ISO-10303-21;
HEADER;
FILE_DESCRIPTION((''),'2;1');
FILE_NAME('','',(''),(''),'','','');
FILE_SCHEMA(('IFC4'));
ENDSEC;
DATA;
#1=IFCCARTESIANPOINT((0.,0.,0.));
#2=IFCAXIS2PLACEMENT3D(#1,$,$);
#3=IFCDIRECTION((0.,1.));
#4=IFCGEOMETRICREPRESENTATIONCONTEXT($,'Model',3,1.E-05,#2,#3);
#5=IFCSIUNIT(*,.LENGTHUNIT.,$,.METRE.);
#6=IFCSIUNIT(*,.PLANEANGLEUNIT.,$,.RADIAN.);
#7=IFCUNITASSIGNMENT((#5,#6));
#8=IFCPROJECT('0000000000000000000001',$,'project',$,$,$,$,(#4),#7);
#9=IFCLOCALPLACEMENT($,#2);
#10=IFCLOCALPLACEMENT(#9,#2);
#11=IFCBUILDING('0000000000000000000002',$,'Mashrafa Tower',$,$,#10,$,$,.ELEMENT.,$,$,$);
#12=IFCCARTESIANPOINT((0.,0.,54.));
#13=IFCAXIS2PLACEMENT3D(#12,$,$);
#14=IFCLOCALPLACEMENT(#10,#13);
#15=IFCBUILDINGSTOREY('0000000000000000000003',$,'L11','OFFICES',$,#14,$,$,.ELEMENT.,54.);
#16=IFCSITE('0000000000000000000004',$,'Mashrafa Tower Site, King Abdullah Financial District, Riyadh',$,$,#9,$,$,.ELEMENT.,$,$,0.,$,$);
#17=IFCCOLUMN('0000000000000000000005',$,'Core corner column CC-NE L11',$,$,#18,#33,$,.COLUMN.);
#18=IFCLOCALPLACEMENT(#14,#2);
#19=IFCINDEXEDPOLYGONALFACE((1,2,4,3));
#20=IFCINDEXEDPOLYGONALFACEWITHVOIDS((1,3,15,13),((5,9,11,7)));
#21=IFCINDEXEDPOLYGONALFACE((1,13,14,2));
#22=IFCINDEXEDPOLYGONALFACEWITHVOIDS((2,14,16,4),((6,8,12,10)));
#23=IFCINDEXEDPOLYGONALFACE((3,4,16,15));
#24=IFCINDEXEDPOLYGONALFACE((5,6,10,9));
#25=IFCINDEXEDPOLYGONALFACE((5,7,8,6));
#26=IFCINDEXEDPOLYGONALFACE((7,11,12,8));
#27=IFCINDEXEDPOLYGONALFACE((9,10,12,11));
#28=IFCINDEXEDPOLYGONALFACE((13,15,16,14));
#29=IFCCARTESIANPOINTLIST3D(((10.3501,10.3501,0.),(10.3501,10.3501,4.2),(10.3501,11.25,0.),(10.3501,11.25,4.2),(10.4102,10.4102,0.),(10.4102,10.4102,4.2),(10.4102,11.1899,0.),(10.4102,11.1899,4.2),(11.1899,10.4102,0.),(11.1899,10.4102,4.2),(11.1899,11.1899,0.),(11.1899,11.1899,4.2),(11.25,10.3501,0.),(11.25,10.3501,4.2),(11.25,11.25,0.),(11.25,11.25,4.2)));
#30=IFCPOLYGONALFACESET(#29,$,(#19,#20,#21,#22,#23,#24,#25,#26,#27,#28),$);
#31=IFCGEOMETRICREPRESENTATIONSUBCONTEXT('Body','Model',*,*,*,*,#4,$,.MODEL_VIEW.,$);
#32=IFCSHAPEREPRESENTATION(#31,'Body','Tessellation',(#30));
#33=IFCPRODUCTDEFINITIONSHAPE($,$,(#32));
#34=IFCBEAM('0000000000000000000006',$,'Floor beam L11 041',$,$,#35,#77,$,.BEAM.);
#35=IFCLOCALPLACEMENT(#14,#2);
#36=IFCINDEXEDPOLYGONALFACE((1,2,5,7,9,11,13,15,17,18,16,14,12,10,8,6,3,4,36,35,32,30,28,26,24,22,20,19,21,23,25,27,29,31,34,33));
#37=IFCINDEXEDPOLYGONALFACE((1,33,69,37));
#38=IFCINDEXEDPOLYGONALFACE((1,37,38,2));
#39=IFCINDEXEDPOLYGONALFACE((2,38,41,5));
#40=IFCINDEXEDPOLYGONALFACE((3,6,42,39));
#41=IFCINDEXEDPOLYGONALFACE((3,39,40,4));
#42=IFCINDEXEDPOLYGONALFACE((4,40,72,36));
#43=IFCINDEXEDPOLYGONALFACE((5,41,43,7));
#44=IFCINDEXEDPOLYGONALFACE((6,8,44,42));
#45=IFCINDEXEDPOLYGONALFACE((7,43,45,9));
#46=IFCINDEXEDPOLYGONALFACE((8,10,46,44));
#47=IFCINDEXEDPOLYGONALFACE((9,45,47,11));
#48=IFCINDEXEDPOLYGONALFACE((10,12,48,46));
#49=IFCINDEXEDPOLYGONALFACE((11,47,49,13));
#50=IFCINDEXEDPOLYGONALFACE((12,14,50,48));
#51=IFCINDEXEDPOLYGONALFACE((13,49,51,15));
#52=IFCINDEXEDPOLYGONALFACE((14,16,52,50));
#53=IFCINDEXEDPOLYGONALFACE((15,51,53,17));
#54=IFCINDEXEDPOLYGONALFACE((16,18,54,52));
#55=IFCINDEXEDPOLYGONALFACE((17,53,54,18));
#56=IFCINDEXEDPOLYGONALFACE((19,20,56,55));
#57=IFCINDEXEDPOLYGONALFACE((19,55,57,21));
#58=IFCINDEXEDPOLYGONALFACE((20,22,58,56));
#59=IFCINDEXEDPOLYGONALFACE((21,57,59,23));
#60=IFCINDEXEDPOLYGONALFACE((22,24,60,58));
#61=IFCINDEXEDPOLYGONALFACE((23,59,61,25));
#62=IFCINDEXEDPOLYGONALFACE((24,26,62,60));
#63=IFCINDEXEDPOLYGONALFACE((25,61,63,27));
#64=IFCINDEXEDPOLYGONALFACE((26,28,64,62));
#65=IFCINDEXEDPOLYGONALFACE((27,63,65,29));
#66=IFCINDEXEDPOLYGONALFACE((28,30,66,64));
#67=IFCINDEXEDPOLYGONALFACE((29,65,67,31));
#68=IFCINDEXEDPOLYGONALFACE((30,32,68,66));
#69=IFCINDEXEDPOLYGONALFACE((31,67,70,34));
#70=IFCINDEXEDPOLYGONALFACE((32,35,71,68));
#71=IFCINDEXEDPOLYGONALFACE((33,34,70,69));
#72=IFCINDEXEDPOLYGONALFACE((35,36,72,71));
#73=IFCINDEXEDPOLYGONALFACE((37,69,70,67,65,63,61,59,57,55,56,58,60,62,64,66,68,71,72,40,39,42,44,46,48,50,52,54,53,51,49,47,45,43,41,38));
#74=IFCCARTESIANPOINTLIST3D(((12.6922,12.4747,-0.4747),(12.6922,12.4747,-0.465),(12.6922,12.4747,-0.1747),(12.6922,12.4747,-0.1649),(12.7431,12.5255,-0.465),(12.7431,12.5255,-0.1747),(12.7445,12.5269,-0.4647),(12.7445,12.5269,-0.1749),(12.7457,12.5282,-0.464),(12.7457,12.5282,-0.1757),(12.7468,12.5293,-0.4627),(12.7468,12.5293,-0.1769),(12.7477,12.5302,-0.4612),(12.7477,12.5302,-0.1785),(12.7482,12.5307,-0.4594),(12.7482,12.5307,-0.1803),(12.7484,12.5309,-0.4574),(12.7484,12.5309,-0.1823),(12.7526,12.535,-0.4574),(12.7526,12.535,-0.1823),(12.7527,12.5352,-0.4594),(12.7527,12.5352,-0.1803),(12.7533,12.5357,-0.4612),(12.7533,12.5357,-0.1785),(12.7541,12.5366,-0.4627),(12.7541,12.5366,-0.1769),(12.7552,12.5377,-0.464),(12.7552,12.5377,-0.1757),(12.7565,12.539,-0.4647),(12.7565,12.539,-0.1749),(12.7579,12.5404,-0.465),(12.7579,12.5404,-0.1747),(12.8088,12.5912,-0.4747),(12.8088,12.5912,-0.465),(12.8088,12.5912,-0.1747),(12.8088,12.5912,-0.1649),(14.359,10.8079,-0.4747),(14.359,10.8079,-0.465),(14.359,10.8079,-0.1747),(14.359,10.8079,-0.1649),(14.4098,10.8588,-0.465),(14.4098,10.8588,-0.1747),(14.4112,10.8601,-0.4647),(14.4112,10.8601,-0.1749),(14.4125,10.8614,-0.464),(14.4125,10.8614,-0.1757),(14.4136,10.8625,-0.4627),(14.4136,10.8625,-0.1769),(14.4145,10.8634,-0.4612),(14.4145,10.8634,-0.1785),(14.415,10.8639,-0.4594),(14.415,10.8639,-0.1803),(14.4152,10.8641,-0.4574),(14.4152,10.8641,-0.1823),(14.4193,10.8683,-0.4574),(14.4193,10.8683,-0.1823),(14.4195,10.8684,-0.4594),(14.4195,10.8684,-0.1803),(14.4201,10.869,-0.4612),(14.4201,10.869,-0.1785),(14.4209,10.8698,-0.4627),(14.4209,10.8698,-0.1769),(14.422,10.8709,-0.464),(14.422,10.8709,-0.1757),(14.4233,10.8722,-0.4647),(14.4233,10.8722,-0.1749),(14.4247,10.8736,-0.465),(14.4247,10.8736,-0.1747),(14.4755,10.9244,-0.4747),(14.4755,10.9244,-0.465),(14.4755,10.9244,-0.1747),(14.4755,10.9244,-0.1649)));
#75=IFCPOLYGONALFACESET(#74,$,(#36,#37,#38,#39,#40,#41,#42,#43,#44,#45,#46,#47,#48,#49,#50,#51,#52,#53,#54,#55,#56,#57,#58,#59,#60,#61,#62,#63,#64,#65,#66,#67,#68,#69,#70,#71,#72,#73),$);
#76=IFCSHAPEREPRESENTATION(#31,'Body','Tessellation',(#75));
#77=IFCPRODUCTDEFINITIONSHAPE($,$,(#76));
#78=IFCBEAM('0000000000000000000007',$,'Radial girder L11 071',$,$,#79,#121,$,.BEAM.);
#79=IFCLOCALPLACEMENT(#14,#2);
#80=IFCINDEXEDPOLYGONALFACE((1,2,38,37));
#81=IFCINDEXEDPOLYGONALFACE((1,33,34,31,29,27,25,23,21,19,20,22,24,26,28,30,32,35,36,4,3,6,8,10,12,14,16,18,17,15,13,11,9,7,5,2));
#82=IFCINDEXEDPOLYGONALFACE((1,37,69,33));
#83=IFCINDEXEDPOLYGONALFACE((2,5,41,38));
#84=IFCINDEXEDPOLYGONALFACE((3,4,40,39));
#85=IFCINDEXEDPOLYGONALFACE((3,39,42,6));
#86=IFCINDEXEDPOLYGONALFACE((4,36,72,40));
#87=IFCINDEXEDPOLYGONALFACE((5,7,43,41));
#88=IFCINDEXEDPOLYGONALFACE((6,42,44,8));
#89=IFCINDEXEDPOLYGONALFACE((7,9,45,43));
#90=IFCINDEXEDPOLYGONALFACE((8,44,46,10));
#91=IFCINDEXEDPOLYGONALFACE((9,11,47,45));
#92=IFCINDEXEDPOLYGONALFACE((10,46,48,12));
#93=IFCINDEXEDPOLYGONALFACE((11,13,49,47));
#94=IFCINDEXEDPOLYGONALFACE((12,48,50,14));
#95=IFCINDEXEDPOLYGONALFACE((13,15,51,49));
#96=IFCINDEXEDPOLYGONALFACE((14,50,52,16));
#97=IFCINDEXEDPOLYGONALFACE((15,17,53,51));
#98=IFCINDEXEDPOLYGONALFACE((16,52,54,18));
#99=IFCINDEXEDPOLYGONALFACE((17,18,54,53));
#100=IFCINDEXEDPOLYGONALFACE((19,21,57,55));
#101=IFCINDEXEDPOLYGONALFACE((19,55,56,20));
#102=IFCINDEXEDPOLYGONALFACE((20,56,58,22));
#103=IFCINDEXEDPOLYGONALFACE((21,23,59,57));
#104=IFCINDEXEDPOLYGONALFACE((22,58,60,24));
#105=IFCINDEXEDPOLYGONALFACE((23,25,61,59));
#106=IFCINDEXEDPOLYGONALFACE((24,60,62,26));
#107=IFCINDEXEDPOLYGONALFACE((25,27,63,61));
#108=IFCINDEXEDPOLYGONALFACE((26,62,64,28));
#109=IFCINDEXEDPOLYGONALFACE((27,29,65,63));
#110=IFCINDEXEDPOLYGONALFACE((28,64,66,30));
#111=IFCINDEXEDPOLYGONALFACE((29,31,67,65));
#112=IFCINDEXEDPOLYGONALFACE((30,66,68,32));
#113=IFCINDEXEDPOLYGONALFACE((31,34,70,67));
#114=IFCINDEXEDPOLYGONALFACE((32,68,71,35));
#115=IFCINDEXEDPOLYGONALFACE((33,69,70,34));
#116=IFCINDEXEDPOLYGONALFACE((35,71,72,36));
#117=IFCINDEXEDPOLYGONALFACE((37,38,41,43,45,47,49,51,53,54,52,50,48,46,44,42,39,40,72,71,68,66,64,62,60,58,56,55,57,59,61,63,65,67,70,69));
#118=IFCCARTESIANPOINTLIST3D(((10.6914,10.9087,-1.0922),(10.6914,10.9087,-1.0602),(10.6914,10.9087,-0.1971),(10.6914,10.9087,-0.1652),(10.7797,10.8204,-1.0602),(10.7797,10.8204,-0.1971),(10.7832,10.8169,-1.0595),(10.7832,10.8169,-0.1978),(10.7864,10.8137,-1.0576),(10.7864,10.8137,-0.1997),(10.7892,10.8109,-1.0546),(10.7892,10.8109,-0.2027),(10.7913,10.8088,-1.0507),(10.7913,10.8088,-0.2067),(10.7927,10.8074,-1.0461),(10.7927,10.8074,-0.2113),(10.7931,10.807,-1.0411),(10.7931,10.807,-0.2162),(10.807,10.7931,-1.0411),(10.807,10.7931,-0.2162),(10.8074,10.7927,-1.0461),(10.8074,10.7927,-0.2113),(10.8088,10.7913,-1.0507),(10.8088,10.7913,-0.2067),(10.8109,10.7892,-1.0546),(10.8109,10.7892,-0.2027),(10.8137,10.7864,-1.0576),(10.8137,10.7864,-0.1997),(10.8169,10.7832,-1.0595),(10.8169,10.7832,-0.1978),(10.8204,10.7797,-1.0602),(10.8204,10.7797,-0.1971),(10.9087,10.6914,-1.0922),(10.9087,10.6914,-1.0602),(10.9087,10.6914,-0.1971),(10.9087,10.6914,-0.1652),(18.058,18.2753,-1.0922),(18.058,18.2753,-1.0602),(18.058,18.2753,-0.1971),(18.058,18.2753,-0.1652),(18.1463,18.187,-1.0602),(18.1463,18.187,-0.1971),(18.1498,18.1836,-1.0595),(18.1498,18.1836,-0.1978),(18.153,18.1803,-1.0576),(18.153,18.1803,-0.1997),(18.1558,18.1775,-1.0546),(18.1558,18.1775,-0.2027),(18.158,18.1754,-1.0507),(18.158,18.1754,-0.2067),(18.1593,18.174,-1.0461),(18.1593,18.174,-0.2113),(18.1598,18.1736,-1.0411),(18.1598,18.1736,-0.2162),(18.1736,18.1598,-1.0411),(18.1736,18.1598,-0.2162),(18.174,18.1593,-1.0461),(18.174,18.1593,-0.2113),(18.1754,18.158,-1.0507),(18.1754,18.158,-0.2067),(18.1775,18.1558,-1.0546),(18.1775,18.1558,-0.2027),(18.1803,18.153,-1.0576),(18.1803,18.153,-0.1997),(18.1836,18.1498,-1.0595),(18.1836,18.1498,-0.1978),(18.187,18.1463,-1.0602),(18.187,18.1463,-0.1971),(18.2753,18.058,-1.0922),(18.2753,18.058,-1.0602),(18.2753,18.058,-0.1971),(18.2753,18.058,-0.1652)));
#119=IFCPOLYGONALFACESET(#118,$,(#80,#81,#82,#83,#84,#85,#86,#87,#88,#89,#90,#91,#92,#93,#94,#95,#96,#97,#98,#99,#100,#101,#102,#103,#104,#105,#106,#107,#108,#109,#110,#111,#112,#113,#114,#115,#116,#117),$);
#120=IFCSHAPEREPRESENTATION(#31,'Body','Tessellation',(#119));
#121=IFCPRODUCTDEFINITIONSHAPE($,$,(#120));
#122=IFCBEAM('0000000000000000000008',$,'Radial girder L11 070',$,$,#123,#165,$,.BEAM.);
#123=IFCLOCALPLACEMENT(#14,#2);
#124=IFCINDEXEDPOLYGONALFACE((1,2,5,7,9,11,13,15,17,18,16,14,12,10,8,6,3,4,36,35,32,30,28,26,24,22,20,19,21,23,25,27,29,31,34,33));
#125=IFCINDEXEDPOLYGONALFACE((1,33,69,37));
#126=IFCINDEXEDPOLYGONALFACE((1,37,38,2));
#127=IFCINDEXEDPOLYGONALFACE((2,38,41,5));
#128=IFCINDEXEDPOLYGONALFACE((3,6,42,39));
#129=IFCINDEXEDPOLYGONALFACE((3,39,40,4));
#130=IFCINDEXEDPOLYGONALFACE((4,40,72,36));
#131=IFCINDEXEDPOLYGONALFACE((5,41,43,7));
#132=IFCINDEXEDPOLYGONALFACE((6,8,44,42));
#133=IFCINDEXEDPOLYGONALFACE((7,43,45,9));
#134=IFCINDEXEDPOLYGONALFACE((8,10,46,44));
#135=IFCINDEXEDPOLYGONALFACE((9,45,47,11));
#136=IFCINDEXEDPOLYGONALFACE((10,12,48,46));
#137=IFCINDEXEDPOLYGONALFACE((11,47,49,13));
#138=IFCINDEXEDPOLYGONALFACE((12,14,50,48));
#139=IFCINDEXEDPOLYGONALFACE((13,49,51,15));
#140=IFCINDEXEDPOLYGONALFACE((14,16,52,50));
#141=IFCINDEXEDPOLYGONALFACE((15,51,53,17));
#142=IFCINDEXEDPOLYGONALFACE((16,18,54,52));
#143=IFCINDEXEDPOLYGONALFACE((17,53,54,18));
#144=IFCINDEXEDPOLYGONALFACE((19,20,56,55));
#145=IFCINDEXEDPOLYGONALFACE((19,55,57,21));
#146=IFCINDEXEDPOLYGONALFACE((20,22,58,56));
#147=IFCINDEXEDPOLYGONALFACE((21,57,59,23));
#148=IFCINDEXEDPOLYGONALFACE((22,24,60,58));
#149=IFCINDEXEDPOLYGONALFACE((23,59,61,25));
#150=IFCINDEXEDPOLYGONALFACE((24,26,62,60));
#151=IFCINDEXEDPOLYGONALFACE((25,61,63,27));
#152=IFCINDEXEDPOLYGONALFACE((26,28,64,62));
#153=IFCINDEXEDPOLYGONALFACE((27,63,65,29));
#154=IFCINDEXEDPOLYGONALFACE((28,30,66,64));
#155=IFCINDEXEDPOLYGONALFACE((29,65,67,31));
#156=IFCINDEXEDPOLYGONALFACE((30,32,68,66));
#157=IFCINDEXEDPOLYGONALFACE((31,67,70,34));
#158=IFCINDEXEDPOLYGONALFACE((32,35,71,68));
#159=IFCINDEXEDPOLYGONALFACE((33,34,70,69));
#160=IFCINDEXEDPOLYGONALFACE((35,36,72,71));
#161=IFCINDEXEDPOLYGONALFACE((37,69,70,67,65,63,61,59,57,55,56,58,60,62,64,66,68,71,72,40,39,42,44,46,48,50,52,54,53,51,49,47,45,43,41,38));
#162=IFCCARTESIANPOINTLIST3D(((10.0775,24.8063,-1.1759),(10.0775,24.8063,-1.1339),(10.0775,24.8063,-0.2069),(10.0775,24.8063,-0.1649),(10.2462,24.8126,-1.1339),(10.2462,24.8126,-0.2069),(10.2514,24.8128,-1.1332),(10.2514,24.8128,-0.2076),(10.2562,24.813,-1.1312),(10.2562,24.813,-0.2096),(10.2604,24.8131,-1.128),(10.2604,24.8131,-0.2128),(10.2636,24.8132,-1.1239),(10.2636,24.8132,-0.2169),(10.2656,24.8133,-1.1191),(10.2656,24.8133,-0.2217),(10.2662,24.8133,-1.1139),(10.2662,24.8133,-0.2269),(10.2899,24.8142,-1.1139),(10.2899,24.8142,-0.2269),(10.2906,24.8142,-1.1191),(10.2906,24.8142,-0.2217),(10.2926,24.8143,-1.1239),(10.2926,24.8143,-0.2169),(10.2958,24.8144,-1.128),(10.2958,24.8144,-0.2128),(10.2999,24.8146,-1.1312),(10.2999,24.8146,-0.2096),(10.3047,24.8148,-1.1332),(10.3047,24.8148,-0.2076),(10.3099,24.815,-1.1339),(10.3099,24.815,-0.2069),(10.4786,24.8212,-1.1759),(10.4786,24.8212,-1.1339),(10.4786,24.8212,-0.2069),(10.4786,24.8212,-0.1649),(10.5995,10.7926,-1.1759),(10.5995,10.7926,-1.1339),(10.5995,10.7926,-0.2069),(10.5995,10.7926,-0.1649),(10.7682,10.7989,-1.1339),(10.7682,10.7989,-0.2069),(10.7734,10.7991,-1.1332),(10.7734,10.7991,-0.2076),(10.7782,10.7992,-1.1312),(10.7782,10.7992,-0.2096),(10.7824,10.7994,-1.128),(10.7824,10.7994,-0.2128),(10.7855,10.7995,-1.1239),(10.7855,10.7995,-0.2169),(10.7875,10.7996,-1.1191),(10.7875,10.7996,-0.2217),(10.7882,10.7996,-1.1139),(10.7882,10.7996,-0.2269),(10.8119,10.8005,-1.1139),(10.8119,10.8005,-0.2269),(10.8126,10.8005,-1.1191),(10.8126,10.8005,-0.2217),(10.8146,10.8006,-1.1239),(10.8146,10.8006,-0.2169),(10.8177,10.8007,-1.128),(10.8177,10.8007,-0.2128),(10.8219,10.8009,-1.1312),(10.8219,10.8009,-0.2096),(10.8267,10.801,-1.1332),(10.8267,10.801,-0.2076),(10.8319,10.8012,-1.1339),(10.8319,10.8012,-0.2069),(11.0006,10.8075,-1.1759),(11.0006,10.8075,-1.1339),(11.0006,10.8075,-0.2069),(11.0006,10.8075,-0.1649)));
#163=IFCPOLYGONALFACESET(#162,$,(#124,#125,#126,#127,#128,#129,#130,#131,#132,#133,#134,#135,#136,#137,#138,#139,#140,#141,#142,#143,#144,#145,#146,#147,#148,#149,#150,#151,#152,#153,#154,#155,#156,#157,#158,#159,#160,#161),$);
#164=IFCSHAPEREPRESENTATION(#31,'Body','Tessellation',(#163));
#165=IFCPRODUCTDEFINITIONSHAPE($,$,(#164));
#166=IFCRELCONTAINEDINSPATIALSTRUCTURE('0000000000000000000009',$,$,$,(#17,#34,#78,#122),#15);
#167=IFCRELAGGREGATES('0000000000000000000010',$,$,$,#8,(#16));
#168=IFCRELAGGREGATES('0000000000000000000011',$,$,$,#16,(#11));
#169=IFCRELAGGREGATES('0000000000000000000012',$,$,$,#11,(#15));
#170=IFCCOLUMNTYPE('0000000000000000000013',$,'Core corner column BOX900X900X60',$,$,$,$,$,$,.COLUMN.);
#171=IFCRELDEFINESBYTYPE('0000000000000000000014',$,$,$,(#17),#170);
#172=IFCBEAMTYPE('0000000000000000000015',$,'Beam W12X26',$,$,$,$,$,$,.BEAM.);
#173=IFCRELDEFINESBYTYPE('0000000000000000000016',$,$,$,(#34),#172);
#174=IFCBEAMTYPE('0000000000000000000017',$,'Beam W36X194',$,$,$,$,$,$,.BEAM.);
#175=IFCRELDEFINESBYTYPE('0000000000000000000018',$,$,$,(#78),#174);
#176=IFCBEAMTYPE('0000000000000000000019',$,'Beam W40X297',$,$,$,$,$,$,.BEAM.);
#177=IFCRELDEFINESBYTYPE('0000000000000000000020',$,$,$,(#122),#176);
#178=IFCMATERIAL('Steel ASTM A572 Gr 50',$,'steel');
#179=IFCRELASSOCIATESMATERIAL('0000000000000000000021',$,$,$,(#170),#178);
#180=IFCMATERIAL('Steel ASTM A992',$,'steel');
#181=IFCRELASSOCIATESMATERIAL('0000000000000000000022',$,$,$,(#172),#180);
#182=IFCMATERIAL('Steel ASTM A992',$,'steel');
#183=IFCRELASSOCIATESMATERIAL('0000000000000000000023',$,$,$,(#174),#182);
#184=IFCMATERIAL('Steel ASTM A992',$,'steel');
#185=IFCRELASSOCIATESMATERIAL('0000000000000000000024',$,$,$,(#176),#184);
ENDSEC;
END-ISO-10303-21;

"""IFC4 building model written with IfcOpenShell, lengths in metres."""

from ifc_helpers import new_model, si_unit, direction, frame, origin, origin_2d, place, context, subcontext, project, spatial, hollow_rectangle, i_section, extrude, material, material_profile, profile_set, type_object, element, save


model = new_model("IFC4")

# Units and contexts
model_context = context("Model", 3, precision=1e-05, world=origin(), true_north=direction((0.0, 1.0)))
body_context = subcontext(model_context, "Body", "Model", "MODEL_VIEW")
ifc_project = project(units=[si_unit("LENGTHUNIT", "METRE"), si_unit("PLANEANGLEUNIT", "RADIAN")], contexts=[model_context])

# Site, building, storey
site_placement = place(None, origin())
site = spatial("IfcSite", under=ifc_project, at=site_placement, Name="Mashrafa Tower Site, King Abdullah Financial District, Riyadh", CompositionType="ELEMENT", RefElevation=0.0)
building_placement = place(site_placement, origin())
building = spatial("IfcBuilding", under=site, at=building_placement, Name="Mashrafa Tower", CompositionType="ELEMENT")
storey_placement = place(building_placement, frame((0.0, 0.0, 54.0)))
storey = spatial("IfcBuildingStorey", under=building, at=storey_placement, Name="L11", Description="OFFICES", CompositionType="ELEMENT", Elevation=54.0)

# Column
ifc_material_1 = material(Name="Steel ASTM A572 Gr 50", Category="steel")
ifc_material_profile_1 = material_profile(ifc_material_1, hollow_rectangle(XDim=0.8999, YDim=0.8999, WallThickness=0.0601, at=origin_2d()), Name="BOX900X900X60")
ifc_profile_set_1 = profile_set([ifc_material_profile_1], Name="Steel ASTM A572 Gr 50")
column_type = type_object("IfcColumnType", Name="Core corner column BOX900X900X60", PredefinedType="COLUMN", material=ifc_profile_set_1)
column_placement = place(storey_placement, frame((10.8, 10.8, 0.0), z_axis=(0.0, 0.0, 1.0), x_axis=(1.0, 0.0, 0.0)))
element("IfcColumn", 1, at=column_placement, inside=storey, type_object=column_type, Name="Core corner column CC-NE L11", PredefinedType="COLUMN", context=body_context, shape_type="SweptSolid", body=[
    extrude(hollow_rectangle(XDim=0.8999, YDim=0.8999, WallThickness=0.0601, at=origin_2d()), origin(), (0.0, 0.0, 1.0), 4.2),
])

# Beams
ifc_material_2 = material(Name="Steel ASTM A992", Category="steel")
ifc_material_profile_2 = material_profile(ifc_material_2, i_section(OverallWidth=0.1648, OverallDepth=0.3098, WebThickness=0.0059, FlangeThickness=0.0098, FilletRadius=0.0076, at=origin_2d()), Name="W12X26")
ifc_profile_set_2 = profile_set([ifc_material_profile_2], Name="Steel ASTM A992")
beam_type_1 = type_object("IfcBeamType", Name="Beam W12X26", PredefinedType="BEAM", material=ifc_profile_set_2)
beam_1_placement = place(storey_placement, frame((12.7505, 12.533, -0.3198), z_axis=(0.707107, -0.707107, 0.0), x_axis=(0.707107, 0.707107, 0.0)))
element("IfcBeam", 2, at=beam_1_placement, inside=storey, type_object=beam_type_1, Name="Floor beam L11 041", PredefinedType="BEAM", context=body_context, shape_type="SweptSolid", body=[
    extrude(i_section(OverallWidth=0.1648, OverallDepth=0.3098, WebThickness=0.0059, FlangeThickness=0.0098, FilletRadius=0.0076, at=origin_2d()), origin(), (0.0, 0.0, 1.0), 2.3572),
])
ifc_material_3 = material(Name="Steel ASTM A992", Category="steel")
ifc_material_profile_3 = material_profile(ifc_material_3, i_section(OverallWidth=0.3074, OverallDepth=0.927, WebThickness=0.0195, FlangeThickness=0.032, FilletRadius=0.019, at=origin_2d()), Name="W36X194")
ifc_profile_set_3 = profile_set([ifc_material_profile_3], Name="Steel ASTM A992")
beam_type_2 = type_object("IfcBeamType", Name="Beam W36X194", PredefinedType="BEAM", material=ifc_profile_set_3)
beam_2_placement = place(storey_placement, frame((10.8, 10.8, -0.6287), z_axis=(0.707107, 0.707107, 0.0), x_axis=(-0.707107, 0.707107, 0.0)))
element("IfcBeam", 3, at=beam_2_placement, inside=storey, type_object=beam_type_2, Name="Radial girder L11 071", PredefinedType="BEAM", context=body_context, shape_type="SweptSolid", body=[
    extrude(i_section(OverallWidth=0.3074, OverallDepth=0.927, WebThickness=0.0195, FlangeThickness=0.032, FilletRadius=0.019, at=origin_2d()), origin(), (0.0, 0.0, 1.0), 10.418),
])
ifc_material_4 = material(Name="Steel ASTM A992", Category="steel")
ifc_material_profile_4 = material_profile(ifc_material_4, i_section(OverallWidth=0.4014, OverallDepth=1.011, WebThickness=0.0237, FlangeThickness=0.042, FilletRadius=0.02, at=origin_2d()), Name="W40X297")
ifc_profile_set_4 = profile_set([ifc_material_profile_4], Name="Steel ASTM A992")
beam_type_3 = type_object("IfcBeamType", Name="Beam W40X297", PredefinedType="BEAM", material=ifc_profile_set_4)
for number, where, z_axis, x_axis, name in (
    (4, (10.8, 10.8, -0.6704), (-0.037222, 0.999307, 0.0), (-0.999307, -0.037222, 0.0), "Radial girder L11 070"),
):
    element("IfcBeam", number, at=place(storey_placement, frame(where, z_axis=z_axis, x_axis=x_axis)), inside=storey, type_object=beam_type_3, Name=name, PredefinedType="BEAM", context=body_context, shape_type="SweptSolid", body=[
        extrude(i_section(OverallWidth=0.4014, OverallDepth=1.011, WebThickness=0.0237, FlangeThickness=0.042, FilletRadius=0.02, at=origin_2d()), origin(), (0.0, 0.0, 1.0), 14.0234),
    ])

save(model, "model.ifc")
